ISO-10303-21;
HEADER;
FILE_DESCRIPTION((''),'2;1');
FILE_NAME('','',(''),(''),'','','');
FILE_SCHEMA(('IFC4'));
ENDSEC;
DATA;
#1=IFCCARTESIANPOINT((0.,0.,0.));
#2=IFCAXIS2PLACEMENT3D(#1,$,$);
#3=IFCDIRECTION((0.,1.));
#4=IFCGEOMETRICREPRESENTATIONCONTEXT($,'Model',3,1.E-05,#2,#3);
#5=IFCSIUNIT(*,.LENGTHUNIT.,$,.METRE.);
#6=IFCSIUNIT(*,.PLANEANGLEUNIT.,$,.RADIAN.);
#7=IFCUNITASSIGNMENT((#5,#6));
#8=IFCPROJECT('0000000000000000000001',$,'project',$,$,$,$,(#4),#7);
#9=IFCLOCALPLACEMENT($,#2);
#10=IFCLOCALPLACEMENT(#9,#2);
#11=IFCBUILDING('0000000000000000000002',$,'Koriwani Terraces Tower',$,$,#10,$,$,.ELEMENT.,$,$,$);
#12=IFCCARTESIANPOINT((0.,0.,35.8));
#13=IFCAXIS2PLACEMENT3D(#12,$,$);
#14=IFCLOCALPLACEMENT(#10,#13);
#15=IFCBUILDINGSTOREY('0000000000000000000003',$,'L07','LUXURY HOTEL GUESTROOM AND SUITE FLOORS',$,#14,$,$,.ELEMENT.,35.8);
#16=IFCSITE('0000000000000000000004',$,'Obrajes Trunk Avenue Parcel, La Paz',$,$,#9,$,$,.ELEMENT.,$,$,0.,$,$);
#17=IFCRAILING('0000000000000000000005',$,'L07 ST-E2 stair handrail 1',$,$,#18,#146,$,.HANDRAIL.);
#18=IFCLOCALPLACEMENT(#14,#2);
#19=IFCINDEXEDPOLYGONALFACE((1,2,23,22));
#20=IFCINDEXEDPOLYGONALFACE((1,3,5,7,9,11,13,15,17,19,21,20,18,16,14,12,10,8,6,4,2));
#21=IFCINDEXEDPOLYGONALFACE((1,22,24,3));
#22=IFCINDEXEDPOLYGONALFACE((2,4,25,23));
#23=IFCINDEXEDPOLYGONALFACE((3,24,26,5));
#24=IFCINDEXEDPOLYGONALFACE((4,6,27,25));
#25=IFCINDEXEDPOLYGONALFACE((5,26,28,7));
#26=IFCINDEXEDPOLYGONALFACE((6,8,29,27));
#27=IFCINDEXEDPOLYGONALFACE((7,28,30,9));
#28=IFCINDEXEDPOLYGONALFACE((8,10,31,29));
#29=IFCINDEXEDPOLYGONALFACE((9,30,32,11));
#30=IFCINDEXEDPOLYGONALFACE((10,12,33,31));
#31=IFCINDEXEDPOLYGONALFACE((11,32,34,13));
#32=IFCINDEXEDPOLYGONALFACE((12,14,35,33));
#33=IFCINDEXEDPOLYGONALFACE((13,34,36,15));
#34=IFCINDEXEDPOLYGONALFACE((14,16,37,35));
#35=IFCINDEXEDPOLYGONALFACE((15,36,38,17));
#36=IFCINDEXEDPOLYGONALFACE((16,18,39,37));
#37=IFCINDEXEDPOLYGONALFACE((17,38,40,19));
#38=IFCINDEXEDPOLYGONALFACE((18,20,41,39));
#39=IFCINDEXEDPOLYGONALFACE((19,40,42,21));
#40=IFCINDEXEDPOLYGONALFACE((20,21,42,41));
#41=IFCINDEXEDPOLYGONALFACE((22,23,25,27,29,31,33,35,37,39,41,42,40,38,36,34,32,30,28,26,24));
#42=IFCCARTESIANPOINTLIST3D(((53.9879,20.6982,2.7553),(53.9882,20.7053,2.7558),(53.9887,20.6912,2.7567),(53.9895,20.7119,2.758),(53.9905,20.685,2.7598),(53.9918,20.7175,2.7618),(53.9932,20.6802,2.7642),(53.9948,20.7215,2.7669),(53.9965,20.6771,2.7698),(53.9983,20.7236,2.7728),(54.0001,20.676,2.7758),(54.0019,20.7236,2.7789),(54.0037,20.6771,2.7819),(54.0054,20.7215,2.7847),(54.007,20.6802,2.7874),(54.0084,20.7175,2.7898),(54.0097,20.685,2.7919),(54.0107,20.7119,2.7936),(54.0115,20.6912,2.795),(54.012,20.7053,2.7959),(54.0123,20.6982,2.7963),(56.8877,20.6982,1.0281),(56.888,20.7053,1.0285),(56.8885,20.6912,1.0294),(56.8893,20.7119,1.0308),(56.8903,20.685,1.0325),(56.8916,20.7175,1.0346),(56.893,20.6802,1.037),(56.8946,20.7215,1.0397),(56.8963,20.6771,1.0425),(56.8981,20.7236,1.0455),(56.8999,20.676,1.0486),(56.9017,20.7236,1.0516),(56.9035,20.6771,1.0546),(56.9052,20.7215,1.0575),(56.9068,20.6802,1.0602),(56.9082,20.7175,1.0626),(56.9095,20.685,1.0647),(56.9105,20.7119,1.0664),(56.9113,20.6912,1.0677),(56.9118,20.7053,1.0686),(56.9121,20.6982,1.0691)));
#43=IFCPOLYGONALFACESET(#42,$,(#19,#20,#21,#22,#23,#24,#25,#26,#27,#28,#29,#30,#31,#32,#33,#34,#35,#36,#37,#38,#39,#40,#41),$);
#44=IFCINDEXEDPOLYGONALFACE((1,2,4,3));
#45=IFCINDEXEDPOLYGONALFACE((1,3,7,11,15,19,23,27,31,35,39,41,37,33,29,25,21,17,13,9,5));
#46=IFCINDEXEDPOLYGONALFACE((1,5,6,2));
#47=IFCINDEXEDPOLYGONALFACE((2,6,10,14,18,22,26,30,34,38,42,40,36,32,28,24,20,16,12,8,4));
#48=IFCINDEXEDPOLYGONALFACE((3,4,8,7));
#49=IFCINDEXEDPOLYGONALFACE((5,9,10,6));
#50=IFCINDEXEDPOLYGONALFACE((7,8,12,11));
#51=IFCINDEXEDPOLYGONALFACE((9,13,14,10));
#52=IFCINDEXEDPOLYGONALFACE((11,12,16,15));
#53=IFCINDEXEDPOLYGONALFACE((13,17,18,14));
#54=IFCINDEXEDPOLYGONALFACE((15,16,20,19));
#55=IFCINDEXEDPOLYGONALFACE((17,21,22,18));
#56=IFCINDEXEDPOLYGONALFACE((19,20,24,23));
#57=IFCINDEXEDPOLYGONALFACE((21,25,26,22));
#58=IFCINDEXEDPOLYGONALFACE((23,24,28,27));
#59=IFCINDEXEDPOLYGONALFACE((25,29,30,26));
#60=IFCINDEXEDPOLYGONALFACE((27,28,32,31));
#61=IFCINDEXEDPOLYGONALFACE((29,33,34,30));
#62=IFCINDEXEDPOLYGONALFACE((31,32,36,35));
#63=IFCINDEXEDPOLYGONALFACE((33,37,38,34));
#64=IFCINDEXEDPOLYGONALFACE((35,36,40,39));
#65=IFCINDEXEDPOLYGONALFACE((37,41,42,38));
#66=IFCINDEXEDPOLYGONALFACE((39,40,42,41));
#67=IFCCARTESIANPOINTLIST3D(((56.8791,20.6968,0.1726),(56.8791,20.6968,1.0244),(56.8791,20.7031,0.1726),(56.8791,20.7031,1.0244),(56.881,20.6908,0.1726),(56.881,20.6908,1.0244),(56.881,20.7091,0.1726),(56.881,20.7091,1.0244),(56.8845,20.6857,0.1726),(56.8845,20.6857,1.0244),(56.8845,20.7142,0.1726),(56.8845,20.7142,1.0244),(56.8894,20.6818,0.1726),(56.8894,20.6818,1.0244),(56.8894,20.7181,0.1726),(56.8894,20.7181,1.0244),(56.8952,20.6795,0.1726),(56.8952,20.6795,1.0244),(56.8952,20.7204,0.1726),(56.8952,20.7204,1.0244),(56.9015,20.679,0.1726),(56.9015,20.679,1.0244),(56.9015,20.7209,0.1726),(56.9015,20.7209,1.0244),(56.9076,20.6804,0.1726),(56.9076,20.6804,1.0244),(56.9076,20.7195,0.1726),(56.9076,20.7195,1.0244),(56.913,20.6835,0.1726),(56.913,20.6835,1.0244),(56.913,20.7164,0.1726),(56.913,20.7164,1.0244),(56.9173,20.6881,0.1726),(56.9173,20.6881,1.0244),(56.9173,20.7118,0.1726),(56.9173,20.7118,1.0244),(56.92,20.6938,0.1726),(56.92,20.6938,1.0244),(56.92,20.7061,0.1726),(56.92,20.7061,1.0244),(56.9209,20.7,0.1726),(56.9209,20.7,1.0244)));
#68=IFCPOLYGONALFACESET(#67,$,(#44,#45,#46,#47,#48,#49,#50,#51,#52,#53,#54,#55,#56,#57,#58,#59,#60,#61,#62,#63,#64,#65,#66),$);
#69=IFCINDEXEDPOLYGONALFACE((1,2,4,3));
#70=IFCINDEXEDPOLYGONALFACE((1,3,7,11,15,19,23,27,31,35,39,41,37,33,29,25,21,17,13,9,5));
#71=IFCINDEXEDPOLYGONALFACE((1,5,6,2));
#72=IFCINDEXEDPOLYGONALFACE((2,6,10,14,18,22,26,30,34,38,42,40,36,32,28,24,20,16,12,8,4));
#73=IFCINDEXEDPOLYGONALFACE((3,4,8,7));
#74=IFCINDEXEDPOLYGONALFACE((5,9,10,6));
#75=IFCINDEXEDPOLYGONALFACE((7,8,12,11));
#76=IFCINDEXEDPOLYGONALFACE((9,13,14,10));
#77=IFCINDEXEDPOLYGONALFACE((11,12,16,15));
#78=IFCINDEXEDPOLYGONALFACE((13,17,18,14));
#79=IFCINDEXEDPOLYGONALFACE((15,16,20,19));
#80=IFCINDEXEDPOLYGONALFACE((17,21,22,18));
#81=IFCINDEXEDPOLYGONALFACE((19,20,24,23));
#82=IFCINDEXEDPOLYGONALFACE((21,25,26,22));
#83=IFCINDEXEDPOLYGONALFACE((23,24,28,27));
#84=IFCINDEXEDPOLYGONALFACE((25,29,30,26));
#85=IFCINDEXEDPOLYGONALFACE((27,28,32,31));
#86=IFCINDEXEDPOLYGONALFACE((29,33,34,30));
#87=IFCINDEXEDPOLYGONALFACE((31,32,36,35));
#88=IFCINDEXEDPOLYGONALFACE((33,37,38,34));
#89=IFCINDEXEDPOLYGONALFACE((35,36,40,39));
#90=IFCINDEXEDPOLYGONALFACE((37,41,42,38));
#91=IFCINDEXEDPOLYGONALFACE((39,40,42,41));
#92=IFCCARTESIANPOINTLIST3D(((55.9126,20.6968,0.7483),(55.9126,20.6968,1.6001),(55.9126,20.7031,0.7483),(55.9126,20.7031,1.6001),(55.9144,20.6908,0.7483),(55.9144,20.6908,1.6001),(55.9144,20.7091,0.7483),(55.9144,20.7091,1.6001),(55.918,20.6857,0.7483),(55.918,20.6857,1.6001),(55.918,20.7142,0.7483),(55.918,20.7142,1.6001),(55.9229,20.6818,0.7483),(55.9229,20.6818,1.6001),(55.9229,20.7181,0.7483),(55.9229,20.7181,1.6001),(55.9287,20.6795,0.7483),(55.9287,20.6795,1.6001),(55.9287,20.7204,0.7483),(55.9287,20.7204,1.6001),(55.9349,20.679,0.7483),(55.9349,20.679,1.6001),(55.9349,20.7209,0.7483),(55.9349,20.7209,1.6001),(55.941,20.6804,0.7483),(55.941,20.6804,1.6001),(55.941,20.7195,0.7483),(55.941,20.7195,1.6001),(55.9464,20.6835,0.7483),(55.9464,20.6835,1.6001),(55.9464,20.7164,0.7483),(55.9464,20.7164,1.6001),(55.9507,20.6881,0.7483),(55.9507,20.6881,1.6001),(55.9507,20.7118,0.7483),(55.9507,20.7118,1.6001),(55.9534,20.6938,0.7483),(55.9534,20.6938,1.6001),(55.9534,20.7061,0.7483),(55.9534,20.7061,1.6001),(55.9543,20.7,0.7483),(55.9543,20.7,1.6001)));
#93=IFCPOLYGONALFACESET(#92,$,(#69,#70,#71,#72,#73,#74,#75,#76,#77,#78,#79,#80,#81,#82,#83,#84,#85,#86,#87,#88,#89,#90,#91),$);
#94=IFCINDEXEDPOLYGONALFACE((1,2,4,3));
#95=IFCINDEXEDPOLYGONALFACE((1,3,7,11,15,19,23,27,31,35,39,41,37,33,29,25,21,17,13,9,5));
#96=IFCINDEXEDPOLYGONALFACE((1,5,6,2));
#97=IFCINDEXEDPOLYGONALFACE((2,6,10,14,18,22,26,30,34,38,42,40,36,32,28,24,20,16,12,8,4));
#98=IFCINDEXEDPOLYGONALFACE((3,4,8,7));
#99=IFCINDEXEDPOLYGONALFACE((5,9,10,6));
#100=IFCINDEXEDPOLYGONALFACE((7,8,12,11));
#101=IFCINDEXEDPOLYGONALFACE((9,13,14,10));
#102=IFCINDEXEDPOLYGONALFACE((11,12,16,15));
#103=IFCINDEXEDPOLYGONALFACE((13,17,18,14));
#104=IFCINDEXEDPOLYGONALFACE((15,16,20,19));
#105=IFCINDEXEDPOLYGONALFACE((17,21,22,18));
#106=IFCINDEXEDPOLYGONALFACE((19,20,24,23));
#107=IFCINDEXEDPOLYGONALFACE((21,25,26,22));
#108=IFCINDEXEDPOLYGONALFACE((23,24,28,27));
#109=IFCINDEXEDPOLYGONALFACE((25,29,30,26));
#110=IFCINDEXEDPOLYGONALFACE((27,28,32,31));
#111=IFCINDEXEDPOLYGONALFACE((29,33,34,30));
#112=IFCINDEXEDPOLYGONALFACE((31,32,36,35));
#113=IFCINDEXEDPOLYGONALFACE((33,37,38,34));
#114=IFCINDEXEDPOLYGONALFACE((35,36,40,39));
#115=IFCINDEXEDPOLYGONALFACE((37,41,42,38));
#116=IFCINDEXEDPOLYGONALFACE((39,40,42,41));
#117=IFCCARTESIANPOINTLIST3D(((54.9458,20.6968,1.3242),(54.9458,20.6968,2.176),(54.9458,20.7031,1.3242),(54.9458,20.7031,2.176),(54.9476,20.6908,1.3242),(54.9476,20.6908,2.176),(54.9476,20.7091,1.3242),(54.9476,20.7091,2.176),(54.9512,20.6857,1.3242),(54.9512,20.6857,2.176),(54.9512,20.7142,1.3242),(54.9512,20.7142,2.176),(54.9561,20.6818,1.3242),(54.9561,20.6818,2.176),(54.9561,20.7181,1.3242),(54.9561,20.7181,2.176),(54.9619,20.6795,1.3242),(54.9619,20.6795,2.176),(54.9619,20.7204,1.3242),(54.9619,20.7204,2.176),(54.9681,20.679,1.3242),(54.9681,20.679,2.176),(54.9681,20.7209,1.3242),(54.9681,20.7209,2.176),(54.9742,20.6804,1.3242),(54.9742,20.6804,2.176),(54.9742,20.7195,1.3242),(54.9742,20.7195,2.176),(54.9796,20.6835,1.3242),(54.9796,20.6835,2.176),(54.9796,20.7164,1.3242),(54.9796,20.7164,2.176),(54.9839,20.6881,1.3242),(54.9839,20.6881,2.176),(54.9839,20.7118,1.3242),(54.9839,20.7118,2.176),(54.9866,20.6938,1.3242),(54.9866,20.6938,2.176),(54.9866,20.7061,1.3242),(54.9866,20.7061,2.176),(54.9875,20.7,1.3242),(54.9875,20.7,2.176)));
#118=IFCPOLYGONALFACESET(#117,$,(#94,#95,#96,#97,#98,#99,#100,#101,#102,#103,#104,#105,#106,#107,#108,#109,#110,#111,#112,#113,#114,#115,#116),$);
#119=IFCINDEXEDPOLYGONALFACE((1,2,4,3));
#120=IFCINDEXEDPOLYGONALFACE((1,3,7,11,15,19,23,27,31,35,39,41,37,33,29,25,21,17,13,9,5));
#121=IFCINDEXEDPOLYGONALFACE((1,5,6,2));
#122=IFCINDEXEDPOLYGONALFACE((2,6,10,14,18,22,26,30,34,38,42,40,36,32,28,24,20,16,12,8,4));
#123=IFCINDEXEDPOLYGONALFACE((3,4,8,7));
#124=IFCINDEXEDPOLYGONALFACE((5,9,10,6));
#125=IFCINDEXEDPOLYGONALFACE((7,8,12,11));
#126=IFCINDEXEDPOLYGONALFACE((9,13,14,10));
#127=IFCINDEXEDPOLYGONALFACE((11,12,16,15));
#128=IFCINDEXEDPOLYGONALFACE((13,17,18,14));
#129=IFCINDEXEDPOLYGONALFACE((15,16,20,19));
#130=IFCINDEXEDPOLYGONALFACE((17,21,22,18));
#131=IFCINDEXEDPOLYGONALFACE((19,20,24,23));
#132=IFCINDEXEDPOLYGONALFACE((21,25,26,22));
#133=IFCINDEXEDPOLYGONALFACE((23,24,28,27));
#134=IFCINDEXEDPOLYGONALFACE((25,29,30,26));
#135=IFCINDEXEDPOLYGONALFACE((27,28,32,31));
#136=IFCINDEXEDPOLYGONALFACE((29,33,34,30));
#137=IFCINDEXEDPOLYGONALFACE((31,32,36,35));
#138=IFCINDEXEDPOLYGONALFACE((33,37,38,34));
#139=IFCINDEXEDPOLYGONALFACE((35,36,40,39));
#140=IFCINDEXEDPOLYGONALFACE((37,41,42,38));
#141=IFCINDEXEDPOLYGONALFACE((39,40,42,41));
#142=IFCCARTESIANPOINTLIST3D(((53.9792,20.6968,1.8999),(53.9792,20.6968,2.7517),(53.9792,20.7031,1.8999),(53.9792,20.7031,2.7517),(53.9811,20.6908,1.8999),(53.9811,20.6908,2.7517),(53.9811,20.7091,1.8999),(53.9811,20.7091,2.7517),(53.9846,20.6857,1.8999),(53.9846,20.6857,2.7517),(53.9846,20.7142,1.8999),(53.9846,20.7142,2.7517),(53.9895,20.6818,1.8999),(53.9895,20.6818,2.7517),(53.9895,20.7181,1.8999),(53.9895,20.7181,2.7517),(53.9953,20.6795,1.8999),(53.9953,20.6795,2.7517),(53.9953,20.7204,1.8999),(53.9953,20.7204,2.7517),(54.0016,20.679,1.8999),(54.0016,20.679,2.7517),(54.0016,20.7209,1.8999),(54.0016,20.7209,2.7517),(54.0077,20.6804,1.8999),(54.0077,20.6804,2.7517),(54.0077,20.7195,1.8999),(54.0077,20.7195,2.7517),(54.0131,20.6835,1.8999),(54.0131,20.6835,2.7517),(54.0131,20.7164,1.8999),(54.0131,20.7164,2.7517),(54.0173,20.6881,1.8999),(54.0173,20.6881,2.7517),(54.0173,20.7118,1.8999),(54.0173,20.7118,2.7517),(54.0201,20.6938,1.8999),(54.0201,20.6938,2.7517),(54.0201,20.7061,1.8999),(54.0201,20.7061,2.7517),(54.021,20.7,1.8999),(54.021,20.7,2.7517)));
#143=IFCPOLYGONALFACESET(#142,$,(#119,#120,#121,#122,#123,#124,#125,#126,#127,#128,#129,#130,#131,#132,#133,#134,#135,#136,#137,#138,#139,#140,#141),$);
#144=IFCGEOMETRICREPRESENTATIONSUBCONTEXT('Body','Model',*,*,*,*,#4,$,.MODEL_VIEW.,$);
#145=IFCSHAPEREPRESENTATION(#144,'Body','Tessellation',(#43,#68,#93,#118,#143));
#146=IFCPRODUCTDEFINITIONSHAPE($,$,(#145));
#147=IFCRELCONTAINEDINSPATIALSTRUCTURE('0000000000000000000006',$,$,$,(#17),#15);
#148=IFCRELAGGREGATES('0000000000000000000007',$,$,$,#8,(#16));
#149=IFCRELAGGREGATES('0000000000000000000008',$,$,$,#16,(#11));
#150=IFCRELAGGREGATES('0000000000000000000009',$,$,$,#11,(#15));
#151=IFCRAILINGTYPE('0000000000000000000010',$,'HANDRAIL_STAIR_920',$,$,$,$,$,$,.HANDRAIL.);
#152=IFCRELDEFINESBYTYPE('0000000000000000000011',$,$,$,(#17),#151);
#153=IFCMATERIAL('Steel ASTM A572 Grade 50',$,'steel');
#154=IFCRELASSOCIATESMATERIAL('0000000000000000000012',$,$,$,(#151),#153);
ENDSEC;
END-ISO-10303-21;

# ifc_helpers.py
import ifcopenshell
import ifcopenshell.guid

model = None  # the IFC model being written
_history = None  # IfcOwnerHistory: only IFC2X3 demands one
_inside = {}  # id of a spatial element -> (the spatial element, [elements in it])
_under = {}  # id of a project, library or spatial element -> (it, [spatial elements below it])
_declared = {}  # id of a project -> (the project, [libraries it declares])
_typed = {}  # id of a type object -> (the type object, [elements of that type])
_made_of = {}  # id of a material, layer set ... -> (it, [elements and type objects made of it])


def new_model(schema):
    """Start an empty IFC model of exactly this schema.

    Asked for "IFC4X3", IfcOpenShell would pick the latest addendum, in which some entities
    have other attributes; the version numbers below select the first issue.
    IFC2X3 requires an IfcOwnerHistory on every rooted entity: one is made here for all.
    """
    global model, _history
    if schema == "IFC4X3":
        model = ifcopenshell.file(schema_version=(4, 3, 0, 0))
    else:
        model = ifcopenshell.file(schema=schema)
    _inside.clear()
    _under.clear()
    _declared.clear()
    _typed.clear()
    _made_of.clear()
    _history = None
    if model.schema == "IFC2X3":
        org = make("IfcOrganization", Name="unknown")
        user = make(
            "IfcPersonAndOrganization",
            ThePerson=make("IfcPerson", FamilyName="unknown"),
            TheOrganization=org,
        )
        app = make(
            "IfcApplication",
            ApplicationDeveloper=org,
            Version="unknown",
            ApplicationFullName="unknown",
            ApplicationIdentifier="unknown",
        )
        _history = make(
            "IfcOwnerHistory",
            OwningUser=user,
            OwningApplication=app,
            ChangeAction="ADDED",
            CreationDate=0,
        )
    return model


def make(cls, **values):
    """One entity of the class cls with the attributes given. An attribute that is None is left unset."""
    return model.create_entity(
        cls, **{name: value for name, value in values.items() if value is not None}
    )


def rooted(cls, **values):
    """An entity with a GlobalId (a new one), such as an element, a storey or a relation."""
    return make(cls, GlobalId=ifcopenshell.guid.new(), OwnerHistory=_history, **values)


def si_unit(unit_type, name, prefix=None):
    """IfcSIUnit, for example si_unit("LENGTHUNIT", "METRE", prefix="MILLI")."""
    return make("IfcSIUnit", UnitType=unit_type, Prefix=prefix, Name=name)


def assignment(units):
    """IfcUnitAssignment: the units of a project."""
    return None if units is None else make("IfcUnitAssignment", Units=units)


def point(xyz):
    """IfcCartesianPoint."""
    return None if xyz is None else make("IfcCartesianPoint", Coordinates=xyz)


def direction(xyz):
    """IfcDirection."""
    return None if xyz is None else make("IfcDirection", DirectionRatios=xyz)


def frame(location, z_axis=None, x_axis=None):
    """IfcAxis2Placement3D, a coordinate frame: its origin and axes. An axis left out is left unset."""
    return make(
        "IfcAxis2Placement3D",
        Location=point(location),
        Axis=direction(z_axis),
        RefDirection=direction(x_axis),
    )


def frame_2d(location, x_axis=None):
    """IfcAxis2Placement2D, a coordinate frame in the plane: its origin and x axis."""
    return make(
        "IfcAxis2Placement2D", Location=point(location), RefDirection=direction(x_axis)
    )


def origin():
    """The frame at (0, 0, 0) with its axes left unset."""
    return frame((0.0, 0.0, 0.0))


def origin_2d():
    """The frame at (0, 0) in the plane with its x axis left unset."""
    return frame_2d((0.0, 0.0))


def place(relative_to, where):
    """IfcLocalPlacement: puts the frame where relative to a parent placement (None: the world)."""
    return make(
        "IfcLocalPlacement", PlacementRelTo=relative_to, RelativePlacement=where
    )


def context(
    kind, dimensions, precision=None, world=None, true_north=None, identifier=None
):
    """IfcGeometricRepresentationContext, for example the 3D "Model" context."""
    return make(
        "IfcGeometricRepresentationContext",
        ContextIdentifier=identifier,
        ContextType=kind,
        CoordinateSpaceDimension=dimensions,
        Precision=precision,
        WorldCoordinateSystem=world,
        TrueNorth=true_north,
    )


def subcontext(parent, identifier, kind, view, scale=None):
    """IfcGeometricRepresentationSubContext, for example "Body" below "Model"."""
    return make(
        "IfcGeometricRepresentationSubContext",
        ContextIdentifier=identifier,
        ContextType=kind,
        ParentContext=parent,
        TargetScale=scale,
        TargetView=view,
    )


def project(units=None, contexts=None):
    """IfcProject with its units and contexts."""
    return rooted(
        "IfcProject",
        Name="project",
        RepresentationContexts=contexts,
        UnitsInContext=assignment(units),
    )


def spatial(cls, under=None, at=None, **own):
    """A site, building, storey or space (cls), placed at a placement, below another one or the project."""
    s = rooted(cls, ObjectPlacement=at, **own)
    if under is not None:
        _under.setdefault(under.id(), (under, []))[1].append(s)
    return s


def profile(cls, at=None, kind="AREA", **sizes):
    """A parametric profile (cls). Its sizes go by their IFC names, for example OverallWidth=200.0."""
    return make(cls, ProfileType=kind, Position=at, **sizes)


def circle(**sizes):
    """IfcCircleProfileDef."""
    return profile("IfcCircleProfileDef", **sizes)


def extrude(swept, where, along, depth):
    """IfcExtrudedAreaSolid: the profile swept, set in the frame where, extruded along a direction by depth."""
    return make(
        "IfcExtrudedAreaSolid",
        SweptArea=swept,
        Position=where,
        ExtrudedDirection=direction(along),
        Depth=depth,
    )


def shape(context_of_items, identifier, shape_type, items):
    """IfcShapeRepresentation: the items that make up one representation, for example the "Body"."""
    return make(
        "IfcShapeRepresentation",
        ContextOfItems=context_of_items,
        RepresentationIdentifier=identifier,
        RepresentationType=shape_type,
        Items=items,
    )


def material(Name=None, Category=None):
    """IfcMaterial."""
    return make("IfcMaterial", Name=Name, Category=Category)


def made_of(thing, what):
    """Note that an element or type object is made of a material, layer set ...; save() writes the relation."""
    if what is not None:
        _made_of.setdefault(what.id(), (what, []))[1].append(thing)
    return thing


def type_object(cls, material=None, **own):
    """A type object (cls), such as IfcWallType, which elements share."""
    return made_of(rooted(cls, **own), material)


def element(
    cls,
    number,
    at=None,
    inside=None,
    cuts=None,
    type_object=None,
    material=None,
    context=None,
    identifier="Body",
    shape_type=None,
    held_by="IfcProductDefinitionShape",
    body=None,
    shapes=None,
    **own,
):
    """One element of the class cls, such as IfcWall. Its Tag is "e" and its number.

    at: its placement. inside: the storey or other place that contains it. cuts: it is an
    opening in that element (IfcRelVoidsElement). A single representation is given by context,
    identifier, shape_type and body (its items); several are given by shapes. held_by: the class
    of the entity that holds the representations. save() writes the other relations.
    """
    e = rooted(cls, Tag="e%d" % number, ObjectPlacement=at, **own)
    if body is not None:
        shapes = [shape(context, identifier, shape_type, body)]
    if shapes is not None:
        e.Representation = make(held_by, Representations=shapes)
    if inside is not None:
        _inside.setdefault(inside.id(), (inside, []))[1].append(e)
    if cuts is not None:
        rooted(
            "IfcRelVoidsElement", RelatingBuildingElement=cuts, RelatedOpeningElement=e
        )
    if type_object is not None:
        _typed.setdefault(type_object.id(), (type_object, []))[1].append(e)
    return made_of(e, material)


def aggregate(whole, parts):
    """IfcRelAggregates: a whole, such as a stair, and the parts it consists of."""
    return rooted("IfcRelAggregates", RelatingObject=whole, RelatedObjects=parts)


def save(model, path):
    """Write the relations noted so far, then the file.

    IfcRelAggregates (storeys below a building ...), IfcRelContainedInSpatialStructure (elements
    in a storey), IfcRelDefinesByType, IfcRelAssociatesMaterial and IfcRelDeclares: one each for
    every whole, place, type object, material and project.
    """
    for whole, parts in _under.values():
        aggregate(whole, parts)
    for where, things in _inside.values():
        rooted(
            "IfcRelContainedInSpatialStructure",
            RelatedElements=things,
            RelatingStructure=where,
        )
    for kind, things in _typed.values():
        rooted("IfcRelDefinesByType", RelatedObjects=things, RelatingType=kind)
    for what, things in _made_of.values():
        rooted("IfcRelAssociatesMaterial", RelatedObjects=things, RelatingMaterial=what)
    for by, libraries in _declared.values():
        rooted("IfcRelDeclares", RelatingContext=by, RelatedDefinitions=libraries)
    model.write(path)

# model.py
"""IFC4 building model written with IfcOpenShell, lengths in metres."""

from ifc_helpers import new_model, si_unit, direction, frame, origin, origin_2d, place, context, subcontext, project, spatial, circle, extrude, material, type_object, element, save


model = new_model("IFC4")

# Units and contexts
model_context = context("Model", 3, precision=1e-05, world=origin(), true_north=direction((0.0, 1.0)))
body_context = subcontext(model_context, "Body", "Model", "MODEL_VIEW")
ifc_project = project(units=[si_unit("LENGTHUNIT", "METRE"), si_unit("PLANEANGLEUNIT", "RADIAN")], contexts=[model_context])

# Site, building, storey
site_placement = place(None, origin())
site = spatial("IfcSite", under=ifc_project, at=site_placement, Name="Obrajes Trunk Avenue Parcel, La Paz", CompositionType="ELEMENT", RefElevation=0.0)
building_placement = place(site_placement, origin())
building = spatial("IfcBuilding", under=site, at=building_placement, Name="Koriwani Terraces Tower", CompositionType="ELEMENT")
storey_placement = place(building_placement, frame((0.0, 0.0, 35.8)))
storey = spatial("IfcBuildingStorey", under=building, at=storey_placement, Name="L07", Description="LUXURY HOTEL GUESTROOM AND SUITE FLOORS", CompositionType="ELEMENT", Elevation=35.8)

# Shared definitions
ifc_material_1 = material(Name="Steel ASTM A572 Grade 50", Category="steel")

# Railing
railing_type_1 = type_object("IfcRailingType", Name="HANDRAIL_STAIR_920", PredefinedType="HANDRAIL", material=ifc_material_1)
railing_1_placement = place(storey_placement, frame((56.8999, 20.7, 0.1726)))
element("IfcRailing", 1, at=railing_1_placement, inside=storey, type_object=railing_type_1, Name="L07 ST-E2 stair handrail 1", PredefinedType="HANDRAIL", context=body_context, shape_type="SweptSolid", body=[
    extrude(circle(Radius=0.0239, at=origin_2d()), frame((0.0, 0.0, 0.876), z_axis=(-0.859141, 0.0, 0.511738), x_axis=(0.0, -1.0, 0.0)), (0.0, 0.0, 1.0), 3.3752),
    extrude(circle(Radius=0.021, at=origin_2d()), origin(), (0.0, 0.0, 1.0), 0.8518),
    extrude(circle(Radius=0.021, at=origin_2d()), frame((-0.9666, 0.0, 0.5757)), (0.0, 0.0, 1.0), 0.8518),
    extrude(circle(Radius=0.021, at=origin_2d()), frame((-1.9333, 0.0, 1.1516)), (0.0, 0.0, 1.0), 0.8518),
    extrude(circle(Radius=0.021, at=origin_2d()), frame((-2.8999, 0.0, 1.7273)), (0.0, 0.0, 1.0), 0.8518),
])

save(model, "model.ifc")
